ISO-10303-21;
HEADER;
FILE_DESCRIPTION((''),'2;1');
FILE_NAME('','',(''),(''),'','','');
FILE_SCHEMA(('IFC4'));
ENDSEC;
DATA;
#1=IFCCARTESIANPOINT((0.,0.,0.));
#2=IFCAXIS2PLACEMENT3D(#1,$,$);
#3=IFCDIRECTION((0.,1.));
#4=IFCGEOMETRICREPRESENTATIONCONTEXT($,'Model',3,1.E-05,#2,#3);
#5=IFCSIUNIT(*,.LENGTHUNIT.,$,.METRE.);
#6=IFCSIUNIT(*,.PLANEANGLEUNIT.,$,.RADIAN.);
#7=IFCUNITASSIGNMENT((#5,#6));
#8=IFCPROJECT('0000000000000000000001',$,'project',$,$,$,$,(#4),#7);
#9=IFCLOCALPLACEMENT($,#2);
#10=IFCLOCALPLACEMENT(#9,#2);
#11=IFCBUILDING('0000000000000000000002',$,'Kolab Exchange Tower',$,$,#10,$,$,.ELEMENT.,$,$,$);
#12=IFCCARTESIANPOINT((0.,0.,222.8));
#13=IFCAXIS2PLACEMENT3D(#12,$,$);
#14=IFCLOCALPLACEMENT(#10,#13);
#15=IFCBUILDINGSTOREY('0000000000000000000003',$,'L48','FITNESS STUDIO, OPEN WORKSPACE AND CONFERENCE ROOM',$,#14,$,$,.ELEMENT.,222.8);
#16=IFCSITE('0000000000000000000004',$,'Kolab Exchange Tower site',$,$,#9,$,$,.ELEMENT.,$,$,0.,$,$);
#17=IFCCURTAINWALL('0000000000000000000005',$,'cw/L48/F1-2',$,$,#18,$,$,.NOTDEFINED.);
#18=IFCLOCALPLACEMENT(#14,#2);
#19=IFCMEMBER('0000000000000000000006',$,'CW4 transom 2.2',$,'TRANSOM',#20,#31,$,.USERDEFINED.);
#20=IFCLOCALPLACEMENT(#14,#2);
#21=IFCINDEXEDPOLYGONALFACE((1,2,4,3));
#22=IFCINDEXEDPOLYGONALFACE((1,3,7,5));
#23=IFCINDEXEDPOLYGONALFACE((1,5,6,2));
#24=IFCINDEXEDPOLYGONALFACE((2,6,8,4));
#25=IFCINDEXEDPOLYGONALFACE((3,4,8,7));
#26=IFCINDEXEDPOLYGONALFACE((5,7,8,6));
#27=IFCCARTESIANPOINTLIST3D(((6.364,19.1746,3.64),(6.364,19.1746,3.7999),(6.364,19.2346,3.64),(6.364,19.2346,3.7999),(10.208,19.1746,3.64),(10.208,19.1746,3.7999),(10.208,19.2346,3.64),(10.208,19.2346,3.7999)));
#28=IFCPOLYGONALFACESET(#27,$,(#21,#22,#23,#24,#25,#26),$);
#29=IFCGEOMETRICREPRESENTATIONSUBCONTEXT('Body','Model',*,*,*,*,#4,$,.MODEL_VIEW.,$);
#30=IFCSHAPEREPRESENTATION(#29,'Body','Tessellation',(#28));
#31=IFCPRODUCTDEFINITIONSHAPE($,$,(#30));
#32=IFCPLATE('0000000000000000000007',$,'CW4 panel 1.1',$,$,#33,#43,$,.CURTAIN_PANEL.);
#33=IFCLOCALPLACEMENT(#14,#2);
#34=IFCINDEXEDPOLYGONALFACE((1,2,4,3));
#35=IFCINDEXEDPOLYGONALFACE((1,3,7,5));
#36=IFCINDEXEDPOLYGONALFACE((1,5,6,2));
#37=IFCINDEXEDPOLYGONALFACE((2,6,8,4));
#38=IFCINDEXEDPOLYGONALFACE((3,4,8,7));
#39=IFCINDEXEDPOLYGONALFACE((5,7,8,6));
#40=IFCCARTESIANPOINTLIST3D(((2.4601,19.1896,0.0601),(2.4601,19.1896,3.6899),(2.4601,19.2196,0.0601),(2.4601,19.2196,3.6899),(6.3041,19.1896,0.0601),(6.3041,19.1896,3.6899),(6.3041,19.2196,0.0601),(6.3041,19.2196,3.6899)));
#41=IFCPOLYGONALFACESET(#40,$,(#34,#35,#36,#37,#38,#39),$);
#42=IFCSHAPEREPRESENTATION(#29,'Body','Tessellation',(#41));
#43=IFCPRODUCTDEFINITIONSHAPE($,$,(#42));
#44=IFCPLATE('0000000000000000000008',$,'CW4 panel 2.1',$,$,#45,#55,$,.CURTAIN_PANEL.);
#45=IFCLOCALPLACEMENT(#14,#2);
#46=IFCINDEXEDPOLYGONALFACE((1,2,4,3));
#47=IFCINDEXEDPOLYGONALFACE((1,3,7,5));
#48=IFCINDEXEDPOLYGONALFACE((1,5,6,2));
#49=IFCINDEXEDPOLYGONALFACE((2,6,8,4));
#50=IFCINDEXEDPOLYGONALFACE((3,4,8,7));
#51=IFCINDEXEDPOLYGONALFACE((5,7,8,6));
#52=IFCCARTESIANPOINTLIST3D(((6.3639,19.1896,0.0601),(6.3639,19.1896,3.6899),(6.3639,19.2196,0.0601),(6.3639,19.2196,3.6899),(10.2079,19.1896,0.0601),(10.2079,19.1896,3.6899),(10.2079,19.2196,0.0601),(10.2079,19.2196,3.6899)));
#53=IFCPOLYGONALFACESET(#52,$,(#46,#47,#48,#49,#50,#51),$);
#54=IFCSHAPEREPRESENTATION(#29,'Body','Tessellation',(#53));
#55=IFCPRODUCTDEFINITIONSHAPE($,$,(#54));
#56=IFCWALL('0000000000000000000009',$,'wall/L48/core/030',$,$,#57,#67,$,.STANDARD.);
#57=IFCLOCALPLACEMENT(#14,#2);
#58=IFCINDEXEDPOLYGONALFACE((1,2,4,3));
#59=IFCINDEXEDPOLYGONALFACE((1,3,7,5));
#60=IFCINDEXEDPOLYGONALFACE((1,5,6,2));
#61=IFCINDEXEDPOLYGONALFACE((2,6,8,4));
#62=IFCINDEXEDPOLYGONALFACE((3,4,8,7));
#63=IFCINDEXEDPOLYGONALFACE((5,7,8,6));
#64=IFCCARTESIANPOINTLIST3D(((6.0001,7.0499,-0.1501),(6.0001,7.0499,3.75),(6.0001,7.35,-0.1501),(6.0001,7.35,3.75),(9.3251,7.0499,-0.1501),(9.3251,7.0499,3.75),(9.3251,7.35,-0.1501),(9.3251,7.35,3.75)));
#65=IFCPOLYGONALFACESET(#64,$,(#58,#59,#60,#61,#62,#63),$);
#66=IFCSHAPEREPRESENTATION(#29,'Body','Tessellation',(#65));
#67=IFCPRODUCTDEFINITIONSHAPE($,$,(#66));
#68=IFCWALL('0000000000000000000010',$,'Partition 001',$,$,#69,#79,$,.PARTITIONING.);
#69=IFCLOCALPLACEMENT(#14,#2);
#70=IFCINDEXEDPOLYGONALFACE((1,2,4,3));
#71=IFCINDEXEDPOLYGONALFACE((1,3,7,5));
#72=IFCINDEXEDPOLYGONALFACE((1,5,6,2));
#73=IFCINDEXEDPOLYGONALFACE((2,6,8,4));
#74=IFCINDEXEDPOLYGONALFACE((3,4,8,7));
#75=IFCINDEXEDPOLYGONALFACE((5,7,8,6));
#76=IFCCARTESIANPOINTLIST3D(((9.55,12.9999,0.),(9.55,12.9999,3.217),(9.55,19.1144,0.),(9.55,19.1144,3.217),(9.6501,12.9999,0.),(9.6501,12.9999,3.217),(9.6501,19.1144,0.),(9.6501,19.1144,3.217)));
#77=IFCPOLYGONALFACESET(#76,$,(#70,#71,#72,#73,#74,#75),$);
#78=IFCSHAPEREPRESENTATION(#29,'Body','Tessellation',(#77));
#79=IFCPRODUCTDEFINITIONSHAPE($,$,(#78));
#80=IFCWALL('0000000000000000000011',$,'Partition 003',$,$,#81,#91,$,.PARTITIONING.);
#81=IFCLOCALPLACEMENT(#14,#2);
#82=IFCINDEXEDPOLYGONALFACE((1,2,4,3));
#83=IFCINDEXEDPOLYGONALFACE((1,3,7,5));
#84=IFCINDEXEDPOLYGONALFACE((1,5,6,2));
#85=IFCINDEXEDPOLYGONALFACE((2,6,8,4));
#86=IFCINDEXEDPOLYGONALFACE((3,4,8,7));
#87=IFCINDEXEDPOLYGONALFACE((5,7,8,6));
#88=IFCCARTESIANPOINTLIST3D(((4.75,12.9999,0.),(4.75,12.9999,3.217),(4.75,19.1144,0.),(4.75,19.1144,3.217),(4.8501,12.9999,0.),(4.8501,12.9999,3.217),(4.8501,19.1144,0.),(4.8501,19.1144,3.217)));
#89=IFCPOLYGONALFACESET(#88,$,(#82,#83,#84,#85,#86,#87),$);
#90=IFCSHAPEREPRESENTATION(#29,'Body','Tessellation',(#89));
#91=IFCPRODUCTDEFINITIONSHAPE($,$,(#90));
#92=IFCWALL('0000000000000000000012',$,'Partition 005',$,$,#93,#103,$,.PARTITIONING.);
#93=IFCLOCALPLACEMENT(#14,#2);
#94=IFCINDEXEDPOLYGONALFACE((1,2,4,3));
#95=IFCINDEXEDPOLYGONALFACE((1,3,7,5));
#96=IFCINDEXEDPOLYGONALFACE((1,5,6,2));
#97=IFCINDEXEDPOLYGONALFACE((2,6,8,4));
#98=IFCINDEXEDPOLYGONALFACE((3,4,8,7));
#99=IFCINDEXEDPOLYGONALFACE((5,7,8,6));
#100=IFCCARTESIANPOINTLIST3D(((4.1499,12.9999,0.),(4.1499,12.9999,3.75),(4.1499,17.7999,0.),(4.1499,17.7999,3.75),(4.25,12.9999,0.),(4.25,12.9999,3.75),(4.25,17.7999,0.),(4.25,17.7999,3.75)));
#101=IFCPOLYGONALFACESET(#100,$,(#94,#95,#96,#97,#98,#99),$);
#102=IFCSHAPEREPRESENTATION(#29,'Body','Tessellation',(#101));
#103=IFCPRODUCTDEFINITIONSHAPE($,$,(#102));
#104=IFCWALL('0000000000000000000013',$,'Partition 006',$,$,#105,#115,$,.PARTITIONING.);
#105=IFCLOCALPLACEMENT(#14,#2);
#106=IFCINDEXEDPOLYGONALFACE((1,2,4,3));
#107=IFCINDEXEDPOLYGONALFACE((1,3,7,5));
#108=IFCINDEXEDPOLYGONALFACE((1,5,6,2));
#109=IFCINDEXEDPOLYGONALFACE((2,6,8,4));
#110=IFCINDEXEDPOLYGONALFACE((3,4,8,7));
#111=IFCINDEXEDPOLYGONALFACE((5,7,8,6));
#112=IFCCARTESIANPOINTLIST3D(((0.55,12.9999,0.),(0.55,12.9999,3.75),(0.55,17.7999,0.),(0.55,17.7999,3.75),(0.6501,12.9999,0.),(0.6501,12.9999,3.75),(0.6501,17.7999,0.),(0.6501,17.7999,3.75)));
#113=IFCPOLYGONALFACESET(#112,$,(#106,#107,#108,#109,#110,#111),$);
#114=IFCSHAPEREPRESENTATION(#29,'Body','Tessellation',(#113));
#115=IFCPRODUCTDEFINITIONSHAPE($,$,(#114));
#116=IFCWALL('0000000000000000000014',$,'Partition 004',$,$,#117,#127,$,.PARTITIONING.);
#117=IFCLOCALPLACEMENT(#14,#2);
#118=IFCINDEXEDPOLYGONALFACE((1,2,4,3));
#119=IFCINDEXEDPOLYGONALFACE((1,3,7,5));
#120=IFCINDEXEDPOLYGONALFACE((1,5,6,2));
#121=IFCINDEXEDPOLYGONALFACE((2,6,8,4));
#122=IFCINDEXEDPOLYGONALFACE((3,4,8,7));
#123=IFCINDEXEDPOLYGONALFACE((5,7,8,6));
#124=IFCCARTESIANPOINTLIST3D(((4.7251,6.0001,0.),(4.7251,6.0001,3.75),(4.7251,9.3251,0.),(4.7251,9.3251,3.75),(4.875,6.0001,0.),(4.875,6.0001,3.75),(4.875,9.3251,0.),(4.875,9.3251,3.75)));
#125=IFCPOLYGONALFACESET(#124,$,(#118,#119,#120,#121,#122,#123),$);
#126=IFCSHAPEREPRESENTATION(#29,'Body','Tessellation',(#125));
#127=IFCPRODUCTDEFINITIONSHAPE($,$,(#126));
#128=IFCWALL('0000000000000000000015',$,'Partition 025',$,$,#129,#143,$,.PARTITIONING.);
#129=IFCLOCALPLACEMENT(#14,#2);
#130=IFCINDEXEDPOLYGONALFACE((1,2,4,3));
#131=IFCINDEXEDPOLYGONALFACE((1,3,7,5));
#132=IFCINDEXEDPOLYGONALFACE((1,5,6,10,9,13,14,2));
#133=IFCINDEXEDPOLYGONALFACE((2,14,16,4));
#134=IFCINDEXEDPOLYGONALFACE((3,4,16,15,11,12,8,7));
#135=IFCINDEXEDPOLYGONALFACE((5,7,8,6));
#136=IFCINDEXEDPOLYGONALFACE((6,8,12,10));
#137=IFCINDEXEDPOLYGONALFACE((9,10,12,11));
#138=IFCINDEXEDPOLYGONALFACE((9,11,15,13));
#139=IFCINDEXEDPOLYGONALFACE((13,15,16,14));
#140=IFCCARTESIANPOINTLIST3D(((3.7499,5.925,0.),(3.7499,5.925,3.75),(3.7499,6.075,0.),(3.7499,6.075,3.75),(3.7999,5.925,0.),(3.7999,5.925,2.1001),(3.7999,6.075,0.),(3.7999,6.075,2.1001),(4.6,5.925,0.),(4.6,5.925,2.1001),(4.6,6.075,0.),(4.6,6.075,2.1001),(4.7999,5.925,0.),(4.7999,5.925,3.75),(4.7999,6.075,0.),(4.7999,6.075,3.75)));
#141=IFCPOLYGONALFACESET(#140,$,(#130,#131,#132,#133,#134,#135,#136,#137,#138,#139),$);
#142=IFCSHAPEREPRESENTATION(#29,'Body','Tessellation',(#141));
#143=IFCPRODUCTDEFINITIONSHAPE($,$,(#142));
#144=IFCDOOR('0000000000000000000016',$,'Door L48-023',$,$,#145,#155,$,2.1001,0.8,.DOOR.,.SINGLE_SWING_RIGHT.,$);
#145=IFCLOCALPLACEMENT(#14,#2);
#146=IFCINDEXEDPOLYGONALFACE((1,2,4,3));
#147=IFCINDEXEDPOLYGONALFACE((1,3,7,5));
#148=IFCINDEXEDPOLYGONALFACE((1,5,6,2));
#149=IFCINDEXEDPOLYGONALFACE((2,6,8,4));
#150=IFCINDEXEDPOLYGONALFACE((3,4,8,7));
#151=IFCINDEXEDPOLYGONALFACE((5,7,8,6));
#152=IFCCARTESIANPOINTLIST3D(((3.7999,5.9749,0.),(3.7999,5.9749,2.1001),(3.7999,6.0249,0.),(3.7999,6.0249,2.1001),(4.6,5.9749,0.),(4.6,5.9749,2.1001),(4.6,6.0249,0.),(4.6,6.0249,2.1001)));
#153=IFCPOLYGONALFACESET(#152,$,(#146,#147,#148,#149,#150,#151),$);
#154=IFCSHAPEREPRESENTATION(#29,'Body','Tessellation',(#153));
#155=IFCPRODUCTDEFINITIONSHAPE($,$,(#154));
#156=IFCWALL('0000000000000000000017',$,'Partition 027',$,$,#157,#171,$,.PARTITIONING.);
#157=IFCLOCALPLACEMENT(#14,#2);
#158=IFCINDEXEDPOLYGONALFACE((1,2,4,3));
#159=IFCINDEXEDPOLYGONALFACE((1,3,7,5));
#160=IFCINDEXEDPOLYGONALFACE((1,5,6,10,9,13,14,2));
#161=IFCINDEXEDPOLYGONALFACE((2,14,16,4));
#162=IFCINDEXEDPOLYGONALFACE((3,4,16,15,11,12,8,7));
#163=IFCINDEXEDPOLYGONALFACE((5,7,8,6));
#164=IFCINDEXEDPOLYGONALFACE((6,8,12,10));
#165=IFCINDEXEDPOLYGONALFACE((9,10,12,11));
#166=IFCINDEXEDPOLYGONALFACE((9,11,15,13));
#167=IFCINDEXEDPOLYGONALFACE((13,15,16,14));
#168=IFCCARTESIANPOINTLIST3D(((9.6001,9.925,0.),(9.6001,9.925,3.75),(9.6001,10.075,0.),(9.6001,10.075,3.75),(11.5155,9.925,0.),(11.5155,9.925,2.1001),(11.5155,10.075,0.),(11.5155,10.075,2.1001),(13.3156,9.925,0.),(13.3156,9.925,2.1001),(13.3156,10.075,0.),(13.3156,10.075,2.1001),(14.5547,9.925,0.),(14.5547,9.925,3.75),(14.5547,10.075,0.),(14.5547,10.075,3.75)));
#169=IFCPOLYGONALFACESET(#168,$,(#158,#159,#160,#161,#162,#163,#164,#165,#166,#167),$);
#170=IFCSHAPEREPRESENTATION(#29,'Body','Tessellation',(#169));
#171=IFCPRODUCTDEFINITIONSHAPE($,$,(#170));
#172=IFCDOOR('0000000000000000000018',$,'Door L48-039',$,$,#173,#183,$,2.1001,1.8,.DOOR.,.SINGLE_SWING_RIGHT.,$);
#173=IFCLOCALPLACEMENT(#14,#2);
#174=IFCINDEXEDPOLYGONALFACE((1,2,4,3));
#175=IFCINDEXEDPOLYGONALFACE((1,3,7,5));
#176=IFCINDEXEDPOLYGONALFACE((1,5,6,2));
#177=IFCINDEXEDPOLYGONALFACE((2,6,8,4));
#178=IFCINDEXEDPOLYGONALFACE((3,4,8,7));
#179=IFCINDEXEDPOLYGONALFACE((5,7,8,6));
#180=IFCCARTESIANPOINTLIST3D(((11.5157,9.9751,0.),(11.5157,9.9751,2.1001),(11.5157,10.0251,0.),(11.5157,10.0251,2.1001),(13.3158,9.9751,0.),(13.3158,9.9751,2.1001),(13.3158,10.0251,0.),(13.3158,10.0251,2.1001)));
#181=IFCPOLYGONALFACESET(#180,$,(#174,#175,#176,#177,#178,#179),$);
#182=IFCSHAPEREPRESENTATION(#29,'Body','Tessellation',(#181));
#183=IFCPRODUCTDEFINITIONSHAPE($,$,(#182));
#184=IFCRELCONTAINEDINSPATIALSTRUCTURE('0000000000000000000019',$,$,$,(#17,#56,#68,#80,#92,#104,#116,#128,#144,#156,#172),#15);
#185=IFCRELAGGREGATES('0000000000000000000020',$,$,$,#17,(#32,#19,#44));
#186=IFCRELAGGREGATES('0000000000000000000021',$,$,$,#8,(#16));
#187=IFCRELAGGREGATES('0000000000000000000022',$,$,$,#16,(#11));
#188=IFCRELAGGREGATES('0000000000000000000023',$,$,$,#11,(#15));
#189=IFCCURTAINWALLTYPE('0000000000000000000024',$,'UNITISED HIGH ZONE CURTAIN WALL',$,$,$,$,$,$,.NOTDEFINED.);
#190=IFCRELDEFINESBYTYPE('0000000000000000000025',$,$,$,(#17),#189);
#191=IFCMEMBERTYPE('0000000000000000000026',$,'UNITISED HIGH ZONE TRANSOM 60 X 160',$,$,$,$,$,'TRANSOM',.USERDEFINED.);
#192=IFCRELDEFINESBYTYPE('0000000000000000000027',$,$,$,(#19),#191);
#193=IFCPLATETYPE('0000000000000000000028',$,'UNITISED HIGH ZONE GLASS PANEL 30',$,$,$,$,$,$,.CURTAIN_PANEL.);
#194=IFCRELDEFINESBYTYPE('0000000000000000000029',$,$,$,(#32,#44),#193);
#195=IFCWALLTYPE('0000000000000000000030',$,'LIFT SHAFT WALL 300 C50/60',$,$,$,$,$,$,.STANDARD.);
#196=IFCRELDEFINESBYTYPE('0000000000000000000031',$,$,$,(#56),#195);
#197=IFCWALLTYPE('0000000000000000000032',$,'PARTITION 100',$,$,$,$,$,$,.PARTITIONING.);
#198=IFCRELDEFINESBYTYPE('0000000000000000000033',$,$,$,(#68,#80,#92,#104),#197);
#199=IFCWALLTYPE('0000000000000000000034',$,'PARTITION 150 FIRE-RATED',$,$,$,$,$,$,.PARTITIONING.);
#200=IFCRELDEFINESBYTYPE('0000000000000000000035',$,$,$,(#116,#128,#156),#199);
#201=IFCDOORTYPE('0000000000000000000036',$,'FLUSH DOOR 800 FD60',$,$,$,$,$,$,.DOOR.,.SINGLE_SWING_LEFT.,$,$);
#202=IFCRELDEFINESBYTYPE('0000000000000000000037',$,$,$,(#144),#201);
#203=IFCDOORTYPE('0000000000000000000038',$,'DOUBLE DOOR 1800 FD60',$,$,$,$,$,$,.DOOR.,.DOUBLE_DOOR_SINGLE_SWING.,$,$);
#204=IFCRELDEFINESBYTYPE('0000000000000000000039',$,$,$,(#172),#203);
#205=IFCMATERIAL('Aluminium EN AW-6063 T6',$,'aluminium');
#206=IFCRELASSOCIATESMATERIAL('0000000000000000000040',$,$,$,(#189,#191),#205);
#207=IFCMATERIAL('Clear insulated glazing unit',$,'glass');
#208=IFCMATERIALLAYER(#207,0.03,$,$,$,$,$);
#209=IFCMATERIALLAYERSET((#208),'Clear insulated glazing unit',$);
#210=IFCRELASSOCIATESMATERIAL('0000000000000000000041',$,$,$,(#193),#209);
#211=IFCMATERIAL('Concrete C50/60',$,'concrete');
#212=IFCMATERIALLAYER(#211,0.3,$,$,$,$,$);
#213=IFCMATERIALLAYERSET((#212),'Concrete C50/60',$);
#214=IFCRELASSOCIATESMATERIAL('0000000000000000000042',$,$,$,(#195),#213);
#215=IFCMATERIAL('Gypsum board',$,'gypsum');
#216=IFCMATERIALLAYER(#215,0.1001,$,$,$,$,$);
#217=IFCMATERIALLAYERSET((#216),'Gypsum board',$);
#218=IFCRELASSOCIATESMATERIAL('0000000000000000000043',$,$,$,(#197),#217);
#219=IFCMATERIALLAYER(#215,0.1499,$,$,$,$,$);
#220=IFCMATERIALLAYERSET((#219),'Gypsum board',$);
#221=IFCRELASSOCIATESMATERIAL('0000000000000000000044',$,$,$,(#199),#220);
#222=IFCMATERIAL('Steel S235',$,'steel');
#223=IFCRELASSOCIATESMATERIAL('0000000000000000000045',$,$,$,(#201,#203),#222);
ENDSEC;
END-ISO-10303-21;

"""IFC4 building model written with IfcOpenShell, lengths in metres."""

from ifc_helpers import new_model, si_unit, direction, frame, frame_2d, origin, origin_2d, place, context, subcontext, project, spatial, rectangle, extrude, material, layer, layer_set, material_profile, profile_set, type_object, element, fill, aggregate, save


model = new_model("IFC4")

# Units and contexts
model_context = context("Model", 3, precision=1e-05, world=origin(), true_north=direction((0.0, 1.0)))
body_context = subcontext(model_context, "Body", "Model", "MODEL_VIEW")
ifc_project = project(units=[si_unit("LENGTHUNIT", "METRE"), si_unit("PLANEANGLEUNIT", "RADIAN")], contexts=[model_context])

# Site, building, storey
site_placement = place(None, origin())
site = spatial("IfcSite", under=ifc_project, at=site_placement, Name="Kolab Exchange Tower site", CompositionType="ELEMENT", RefElevation=0.0)
building_placement = place(site_placement, origin())
building = spatial("IfcBuilding", under=site, at=building_placement, Name="Kolab Exchange Tower", CompositionType="ELEMENT")
storey_placement = place(building_placement, frame((0.0, 0.0, 222.8)))
storey = spatial("IfcBuildingStorey", under=building, at=storey_placement, Name="L48", Description="FITNESS STUDIO, OPEN WORKSPACE AND CONFERENCE ROOM", CompositionType="ELEMENT", Elevation=222.8)

# Shared definitions
ifc_material_1 = material(Name="Concrete C50/60", Category="concrete")

# Curtain wall, member, plates
ifc_material_2 = material(Name="Aluminium EN AW-6063 T6", Category="aluminium")
curtain_wall_type = type_object("IfcCurtainWallType", Name="UNITISED HIGH ZONE CURTAIN WALL", PredefinedType="NOTDEFINED", material=ifc_material_2)
curtain_wall_placement = place(storey_placement, origin())
curtain_wall = element("IfcCurtainWall", 1, at=curtain_wall_placement, inside=storey, type_object=curtain_wall_type, Name="cw/L48/F1-2", PredefinedType="NOTDEFINED")
ifc_material_profile_1 = material_profile(ifc_material_2, rectangle(XDim=0.0601, YDim=0.1599, at=origin_2d()), Name="RECT 60X160")
ifc_profile_set_1 = profile_set([ifc_material_profile_1], Name="Aluminium EN AW-6063 T6")
member_type_1 = type_object("IfcMemberType", Name="UNITISED HIGH ZONE TRANSOM 60 X 160", ElementType="TRANSOM", PredefinedType="USERDEFINED", material=ifc_profile_set_1)
member_1_placement = place(storey_placement, frame((6.364, 19.2046, 3.72), z_axis=(1.0, 0.0, 0.0), x_axis=(0.0, 1.0, 0.0)))
member_1 = element("IfcMember", 2, at=member_1_placement, type_object=member_type_1, Name="CW4 transom 2.2", ObjectType="TRANSOM", PredefinedType="USERDEFINED", context=body_context, shape_type="SweptSolid", body=[
    extrude(rectangle(XDim=0.0601, YDim=0.1599, at=origin_2d()), origin(), (0.0, 0.0, 1.0), 3.844),
])
ifc_material_3 = material(Name="Clear insulated glazing unit", Category="glass")
ifc_layer_1 = layer(ifc_material_3, 0.03)
ifc_layer_set_1 = layer_set([ifc_layer_1], Name="Clear insulated glazing unit")
plate_type = type_object("IfcPlateType", Name="UNITISED HIGH ZONE GLASS PANEL 30", PredefinedType="CURTAIN_PANEL", material=ifc_layer_set_1)
plate_1_placement = place(storey_placement, frame((4.3821, 19.2046, 0.0601), z_axis=(0.0, 0.0, 1.0), x_axis=(1.0, 0.0, 0.0)))
plate_1 = element("IfcPlate", 3, at=plate_1_placement, type_object=plate_type, Name="CW4 panel 1.1", PredefinedType="CURTAIN_PANEL", context=body_context, shape_type="SweptSolid", body=[
    extrude(rectangle(XDim=3.844, YDim=0.03, at=origin_2d()), origin(), (0.0, 0.0, 1.0), 3.6299),
])
plate_2_placement = place(storey_placement, frame((8.2859, 19.2046, 0.0601), z_axis=(0.0, 0.0, 1.0), x_axis=(1.0, 0.0, 0.0)))
plate_2 = element("IfcPlate", 4, at=plate_2_placement, type_object=plate_type, Name="CW4 panel 2.1", PredefinedType="CURTAIN_PANEL", context=body_context, shape_type="SweptSolid", body=[
    extrude(rectangle(XDim=3.844, YDim=0.03, at=origin_2d()), origin(), (0.0, 0.0, 1.0), 3.6299),
])
aggregate(curtain_wall, [plate_1, member_1, plate_2])

# Walls
ifc_layer_2 = layer(ifc_material_1, 0.3)
ifc_layer_set_2 = layer_set([ifc_layer_2], Name="Concrete C50/60")
wall_type_1 = type_object("IfcWallType", Name="LIFT SHAFT WALL 300 C50/60", PredefinedType="STANDARD", material=ifc_layer_set_2)
wall_1_placement = place(storey_placement, frame((6.0, 7.2, -0.1501), z_axis=(0.0, 0.0, 1.0), x_axis=(1.0, 0.0, 0.0)))
element("IfcWall", 5, at=wall_1_placement, inside=storey, type_object=wall_type_1, Name="wall/L48/core/030", PredefinedType="STANDARD", context=body_context, shape_type="SweptSolid", body=[
    extrude(rectangle(XDim=3.325, YDim=0.3, at=frame_2d((1.6626, 0.0))), origin(), (0.0, 0.0, 1.0), 3.9001),
])
ifc_material_4 = material(Name="Gypsum board", Category="gypsum")
ifc_layer_3 = layer(ifc_material_4, 0.1001)
ifc_layer_set_3 = layer_set([ifc_layer_3], Name="Gypsum board")
wall_type_2 = type_object("IfcWallType", Name="PARTITION 100", PredefinedType="PARTITIONING", material=ifc_layer_set_3)
for number, where, z_axis, x_axis, name in (
    (6, (9.6001, 13.0, 0.0), (0.0, 0.0, 1.0), (0.0, 1.0, 0.0), "Partition 001"),
    (7, (4.8, 13.0, 0.0), (0.0, 0.0, 1.0), (0.0, 1.0, 0.0), "Partition 003"),
):
    element("IfcWall", number, at=place(storey_placement, frame(where, z_axis=z_axis, x_axis=x_axis)), inside=storey, type_object=wall_type_2, Name=name, PredefinedType="PARTITIONING", context=body_context, shape_type="SweptSolid", body=[
        extrude(rectangle(XDim=6.1145, YDim=0.1001, at=frame_2d((3.0571, 0.0))), origin(), (0.0, 0.0, 1.0), 3.217),
    ])
for number, where, z_axis, x_axis, name in (
    (8, (4.2, 13.0, 0.0), (0.0, 0.0, 1.0), (0.0, 1.0, 0.0), "Partition 005"),
    (9, (0.6001, 13.0, 0.0), (0.0, 0.0, 1.0), (0.0, 1.0, 0.0), "Partition 006"),
):
    element("IfcWall", number, at=place(storey_placement, frame(where, z_axis=z_axis, x_axis=x_axis)), inside=storey, type_object=wall_type_2, Name=name, PredefinedType="PARTITIONING", context=body_context, shape_type="SweptSolid", body=[
        extrude(rectangle(XDim=4.8, YDim=0.1001, at=frame_2d((2.3999, 0.0))), origin(), (0.0, 0.0, 1.0), 3.75),
    ])
ifc_layer_4 = layer(ifc_material_4, 0.1499)
ifc_layer_set_4 = layer_set([ifc_layer_4], Name="Gypsum board")
wall_type_3 = type_object("IfcWallType", Name="PARTITION 150 FIRE-RATED", PredefinedType="PARTITIONING", material=ifc_layer_set_4)
wall_2_placement = place(storey_placement, frame((4.8, 6.0, 0.0), z_axis=(0.0, 0.0, 1.0), x_axis=(0.0, 1.0, 0.0)))
element("IfcWall", 10, at=wall_2_placement, inside=storey, type_object=wall_type_3, Name="Partition 004", PredefinedType="PARTITIONING", context=body_context, shape_type="SweptSolid", body=[
    extrude(rectangle(XDim=3.325, YDim=0.1499, at=frame_2d((1.6626, 0.0))), origin(), (0.0, 0.0, 1.0), 3.75),
])

# Walls, openings, doors
wall_3_placement = place(storey_placement, frame((3.75, 6.0, 0.0), z_axis=(0.0, 0.0, 1.0), x_axis=(1.0, 0.0, 0.0)))
wall_3 = element("IfcWall", 11, at=wall_3_placement, inside=storey, type_object=wall_type_3, Name="Partition 025", PredefinedType="PARTITIONING", context=body_context, shape_type="SweptSolid", body=[
    extrude(rectangle(XDim=1.05, YDim=0.1499, at=frame_2d((0.5249, 0.0))), origin(), (0.0, 0.0, 1.0), 3.75),
])
opening_1_placement = place(wall_3_placement, frame((0.05, 0.0, 0.0)))
opening_1 = element("IfcOpeningElement", 12, at=opening_1_placement, cuts=wall_3, PredefinedType="OPENING", context=body_context, shape_type="SweptSolid", body=[
    extrude(rectangle(XDim=0.8, YDim=2.1001, at=frame_2d((0.3999, 1.05))), frame((0.0, 0.085, 0.0), z_axis=(0.0, -1.0, 0.0), x_axis=(1.0, 0.0, 0.0)), (0.0, 0.0, 1.0), 0.1699),
])
ifc_material_5 = material(Name="Steel S235", Category="steel")
door_type_1 = type_object("IfcDoorType", Name="FLUSH DOOR 800 FD60", OperationType="SINGLE_SWING_LEFT", PredefinedType="DOOR", material=ifc_material_5)
door_1_placement = place(opening_1_placement, origin())
door_1 = element("IfcDoor", 13, at=door_1_placement, inside=storey, type_object=door_type_1, Name="Door L48-023", OperationType="SINGLE_SWING_RIGHT", OverallHeight=2.1001, OverallWidth=0.8, PredefinedType="DOOR", context=body_context, shape_type="SweptSolid", body=[
    extrude(rectangle(XDim=0.8, YDim=2.1001, at=frame_2d((0.3999, 1.05))), frame((0.0, 0.0249, 0.0), z_axis=(0.0, -1.0, 0.0), x_axis=(1.0, 0.0, 0.0)), (0.0, 0.0, 1.0), 0.05),
])
fill(opening_1, door_1)
wall_4_placement = place(storey_placement, frame((9.6001, 10.0, 0.0), z_axis=(0.0, 0.0, 1.0), x_axis=(1.0, 0.0, 0.0)))
wall_4 = element("IfcWall", 14, at=wall_4_placement, inside=storey, type_object=wall_type_3, Name="Partition 027", PredefinedType="PARTITIONING", context=body_context, shape_type="SweptSolid", body=[
    extrude(rectangle(XDim=4.9546, YDim=0.1499, at=frame_2d((2.4773, 0.0))), origin(), (0.0, 0.0, 1.0), 3.75),
])
opening_2_placement = place(wall_4_placement, frame((1.9155, 0.0, 0.0)))
opening_2 = element("IfcOpeningElement", 15, at=opening_2_placement, cuts=wall_4, PredefinedType="OPENING", context=body_context, shape_type="SweptSolid", body=[
    extrude(rectangle(XDim=1.8, YDim=2.1001, at=frame_2d((0.8999, 1.05))), frame((0.0, 0.085, 0.0), z_axis=(0.0, -1.0, 0.0), x_axis=(1.0, 0.0, 0.0)), (0.0, 0.0, 1.0), 0.1699),
])
door_type_2 = type_object("IfcDoorType", Name="DOUBLE DOOR 1800 FD60", OperationType="DOUBLE_DOOR_SINGLE_SWING", PredefinedType="DOOR", material=ifc_material_5)
door_2_placement = place(opening_2_placement, frame((1.8, 0.0, 0.0), z_axis=(0.0, 0.0, 1.0), x_axis=(-1.0, 0.0, 0.0)))
door_2 = element("IfcDoor", 16, at=door_2_placement, inside=storey, type_object=door_type_2, Name="Door L48-039", OperationType="SINGLE_SWING_RIGHT", OverallHeight=2.1001, OverallWidth=1.8, PredefinedType="DOOR", context=body_context, shape_type="SweptSolid", body=[
    extrude(rectangle(XDim=1.8, YDim=2.1001, at=frame_2d((0.8999, 1.05))), frame((0.0, 0.0249, 0.0), z_axis=(0.0, -1.0, 0.0), x_axis=(1.0, 0.0, 0.0)), (0.0, 0.0, 1.0), 0.05),
])
fill(opening_2, door_2)

save(model, "model.ifc")
